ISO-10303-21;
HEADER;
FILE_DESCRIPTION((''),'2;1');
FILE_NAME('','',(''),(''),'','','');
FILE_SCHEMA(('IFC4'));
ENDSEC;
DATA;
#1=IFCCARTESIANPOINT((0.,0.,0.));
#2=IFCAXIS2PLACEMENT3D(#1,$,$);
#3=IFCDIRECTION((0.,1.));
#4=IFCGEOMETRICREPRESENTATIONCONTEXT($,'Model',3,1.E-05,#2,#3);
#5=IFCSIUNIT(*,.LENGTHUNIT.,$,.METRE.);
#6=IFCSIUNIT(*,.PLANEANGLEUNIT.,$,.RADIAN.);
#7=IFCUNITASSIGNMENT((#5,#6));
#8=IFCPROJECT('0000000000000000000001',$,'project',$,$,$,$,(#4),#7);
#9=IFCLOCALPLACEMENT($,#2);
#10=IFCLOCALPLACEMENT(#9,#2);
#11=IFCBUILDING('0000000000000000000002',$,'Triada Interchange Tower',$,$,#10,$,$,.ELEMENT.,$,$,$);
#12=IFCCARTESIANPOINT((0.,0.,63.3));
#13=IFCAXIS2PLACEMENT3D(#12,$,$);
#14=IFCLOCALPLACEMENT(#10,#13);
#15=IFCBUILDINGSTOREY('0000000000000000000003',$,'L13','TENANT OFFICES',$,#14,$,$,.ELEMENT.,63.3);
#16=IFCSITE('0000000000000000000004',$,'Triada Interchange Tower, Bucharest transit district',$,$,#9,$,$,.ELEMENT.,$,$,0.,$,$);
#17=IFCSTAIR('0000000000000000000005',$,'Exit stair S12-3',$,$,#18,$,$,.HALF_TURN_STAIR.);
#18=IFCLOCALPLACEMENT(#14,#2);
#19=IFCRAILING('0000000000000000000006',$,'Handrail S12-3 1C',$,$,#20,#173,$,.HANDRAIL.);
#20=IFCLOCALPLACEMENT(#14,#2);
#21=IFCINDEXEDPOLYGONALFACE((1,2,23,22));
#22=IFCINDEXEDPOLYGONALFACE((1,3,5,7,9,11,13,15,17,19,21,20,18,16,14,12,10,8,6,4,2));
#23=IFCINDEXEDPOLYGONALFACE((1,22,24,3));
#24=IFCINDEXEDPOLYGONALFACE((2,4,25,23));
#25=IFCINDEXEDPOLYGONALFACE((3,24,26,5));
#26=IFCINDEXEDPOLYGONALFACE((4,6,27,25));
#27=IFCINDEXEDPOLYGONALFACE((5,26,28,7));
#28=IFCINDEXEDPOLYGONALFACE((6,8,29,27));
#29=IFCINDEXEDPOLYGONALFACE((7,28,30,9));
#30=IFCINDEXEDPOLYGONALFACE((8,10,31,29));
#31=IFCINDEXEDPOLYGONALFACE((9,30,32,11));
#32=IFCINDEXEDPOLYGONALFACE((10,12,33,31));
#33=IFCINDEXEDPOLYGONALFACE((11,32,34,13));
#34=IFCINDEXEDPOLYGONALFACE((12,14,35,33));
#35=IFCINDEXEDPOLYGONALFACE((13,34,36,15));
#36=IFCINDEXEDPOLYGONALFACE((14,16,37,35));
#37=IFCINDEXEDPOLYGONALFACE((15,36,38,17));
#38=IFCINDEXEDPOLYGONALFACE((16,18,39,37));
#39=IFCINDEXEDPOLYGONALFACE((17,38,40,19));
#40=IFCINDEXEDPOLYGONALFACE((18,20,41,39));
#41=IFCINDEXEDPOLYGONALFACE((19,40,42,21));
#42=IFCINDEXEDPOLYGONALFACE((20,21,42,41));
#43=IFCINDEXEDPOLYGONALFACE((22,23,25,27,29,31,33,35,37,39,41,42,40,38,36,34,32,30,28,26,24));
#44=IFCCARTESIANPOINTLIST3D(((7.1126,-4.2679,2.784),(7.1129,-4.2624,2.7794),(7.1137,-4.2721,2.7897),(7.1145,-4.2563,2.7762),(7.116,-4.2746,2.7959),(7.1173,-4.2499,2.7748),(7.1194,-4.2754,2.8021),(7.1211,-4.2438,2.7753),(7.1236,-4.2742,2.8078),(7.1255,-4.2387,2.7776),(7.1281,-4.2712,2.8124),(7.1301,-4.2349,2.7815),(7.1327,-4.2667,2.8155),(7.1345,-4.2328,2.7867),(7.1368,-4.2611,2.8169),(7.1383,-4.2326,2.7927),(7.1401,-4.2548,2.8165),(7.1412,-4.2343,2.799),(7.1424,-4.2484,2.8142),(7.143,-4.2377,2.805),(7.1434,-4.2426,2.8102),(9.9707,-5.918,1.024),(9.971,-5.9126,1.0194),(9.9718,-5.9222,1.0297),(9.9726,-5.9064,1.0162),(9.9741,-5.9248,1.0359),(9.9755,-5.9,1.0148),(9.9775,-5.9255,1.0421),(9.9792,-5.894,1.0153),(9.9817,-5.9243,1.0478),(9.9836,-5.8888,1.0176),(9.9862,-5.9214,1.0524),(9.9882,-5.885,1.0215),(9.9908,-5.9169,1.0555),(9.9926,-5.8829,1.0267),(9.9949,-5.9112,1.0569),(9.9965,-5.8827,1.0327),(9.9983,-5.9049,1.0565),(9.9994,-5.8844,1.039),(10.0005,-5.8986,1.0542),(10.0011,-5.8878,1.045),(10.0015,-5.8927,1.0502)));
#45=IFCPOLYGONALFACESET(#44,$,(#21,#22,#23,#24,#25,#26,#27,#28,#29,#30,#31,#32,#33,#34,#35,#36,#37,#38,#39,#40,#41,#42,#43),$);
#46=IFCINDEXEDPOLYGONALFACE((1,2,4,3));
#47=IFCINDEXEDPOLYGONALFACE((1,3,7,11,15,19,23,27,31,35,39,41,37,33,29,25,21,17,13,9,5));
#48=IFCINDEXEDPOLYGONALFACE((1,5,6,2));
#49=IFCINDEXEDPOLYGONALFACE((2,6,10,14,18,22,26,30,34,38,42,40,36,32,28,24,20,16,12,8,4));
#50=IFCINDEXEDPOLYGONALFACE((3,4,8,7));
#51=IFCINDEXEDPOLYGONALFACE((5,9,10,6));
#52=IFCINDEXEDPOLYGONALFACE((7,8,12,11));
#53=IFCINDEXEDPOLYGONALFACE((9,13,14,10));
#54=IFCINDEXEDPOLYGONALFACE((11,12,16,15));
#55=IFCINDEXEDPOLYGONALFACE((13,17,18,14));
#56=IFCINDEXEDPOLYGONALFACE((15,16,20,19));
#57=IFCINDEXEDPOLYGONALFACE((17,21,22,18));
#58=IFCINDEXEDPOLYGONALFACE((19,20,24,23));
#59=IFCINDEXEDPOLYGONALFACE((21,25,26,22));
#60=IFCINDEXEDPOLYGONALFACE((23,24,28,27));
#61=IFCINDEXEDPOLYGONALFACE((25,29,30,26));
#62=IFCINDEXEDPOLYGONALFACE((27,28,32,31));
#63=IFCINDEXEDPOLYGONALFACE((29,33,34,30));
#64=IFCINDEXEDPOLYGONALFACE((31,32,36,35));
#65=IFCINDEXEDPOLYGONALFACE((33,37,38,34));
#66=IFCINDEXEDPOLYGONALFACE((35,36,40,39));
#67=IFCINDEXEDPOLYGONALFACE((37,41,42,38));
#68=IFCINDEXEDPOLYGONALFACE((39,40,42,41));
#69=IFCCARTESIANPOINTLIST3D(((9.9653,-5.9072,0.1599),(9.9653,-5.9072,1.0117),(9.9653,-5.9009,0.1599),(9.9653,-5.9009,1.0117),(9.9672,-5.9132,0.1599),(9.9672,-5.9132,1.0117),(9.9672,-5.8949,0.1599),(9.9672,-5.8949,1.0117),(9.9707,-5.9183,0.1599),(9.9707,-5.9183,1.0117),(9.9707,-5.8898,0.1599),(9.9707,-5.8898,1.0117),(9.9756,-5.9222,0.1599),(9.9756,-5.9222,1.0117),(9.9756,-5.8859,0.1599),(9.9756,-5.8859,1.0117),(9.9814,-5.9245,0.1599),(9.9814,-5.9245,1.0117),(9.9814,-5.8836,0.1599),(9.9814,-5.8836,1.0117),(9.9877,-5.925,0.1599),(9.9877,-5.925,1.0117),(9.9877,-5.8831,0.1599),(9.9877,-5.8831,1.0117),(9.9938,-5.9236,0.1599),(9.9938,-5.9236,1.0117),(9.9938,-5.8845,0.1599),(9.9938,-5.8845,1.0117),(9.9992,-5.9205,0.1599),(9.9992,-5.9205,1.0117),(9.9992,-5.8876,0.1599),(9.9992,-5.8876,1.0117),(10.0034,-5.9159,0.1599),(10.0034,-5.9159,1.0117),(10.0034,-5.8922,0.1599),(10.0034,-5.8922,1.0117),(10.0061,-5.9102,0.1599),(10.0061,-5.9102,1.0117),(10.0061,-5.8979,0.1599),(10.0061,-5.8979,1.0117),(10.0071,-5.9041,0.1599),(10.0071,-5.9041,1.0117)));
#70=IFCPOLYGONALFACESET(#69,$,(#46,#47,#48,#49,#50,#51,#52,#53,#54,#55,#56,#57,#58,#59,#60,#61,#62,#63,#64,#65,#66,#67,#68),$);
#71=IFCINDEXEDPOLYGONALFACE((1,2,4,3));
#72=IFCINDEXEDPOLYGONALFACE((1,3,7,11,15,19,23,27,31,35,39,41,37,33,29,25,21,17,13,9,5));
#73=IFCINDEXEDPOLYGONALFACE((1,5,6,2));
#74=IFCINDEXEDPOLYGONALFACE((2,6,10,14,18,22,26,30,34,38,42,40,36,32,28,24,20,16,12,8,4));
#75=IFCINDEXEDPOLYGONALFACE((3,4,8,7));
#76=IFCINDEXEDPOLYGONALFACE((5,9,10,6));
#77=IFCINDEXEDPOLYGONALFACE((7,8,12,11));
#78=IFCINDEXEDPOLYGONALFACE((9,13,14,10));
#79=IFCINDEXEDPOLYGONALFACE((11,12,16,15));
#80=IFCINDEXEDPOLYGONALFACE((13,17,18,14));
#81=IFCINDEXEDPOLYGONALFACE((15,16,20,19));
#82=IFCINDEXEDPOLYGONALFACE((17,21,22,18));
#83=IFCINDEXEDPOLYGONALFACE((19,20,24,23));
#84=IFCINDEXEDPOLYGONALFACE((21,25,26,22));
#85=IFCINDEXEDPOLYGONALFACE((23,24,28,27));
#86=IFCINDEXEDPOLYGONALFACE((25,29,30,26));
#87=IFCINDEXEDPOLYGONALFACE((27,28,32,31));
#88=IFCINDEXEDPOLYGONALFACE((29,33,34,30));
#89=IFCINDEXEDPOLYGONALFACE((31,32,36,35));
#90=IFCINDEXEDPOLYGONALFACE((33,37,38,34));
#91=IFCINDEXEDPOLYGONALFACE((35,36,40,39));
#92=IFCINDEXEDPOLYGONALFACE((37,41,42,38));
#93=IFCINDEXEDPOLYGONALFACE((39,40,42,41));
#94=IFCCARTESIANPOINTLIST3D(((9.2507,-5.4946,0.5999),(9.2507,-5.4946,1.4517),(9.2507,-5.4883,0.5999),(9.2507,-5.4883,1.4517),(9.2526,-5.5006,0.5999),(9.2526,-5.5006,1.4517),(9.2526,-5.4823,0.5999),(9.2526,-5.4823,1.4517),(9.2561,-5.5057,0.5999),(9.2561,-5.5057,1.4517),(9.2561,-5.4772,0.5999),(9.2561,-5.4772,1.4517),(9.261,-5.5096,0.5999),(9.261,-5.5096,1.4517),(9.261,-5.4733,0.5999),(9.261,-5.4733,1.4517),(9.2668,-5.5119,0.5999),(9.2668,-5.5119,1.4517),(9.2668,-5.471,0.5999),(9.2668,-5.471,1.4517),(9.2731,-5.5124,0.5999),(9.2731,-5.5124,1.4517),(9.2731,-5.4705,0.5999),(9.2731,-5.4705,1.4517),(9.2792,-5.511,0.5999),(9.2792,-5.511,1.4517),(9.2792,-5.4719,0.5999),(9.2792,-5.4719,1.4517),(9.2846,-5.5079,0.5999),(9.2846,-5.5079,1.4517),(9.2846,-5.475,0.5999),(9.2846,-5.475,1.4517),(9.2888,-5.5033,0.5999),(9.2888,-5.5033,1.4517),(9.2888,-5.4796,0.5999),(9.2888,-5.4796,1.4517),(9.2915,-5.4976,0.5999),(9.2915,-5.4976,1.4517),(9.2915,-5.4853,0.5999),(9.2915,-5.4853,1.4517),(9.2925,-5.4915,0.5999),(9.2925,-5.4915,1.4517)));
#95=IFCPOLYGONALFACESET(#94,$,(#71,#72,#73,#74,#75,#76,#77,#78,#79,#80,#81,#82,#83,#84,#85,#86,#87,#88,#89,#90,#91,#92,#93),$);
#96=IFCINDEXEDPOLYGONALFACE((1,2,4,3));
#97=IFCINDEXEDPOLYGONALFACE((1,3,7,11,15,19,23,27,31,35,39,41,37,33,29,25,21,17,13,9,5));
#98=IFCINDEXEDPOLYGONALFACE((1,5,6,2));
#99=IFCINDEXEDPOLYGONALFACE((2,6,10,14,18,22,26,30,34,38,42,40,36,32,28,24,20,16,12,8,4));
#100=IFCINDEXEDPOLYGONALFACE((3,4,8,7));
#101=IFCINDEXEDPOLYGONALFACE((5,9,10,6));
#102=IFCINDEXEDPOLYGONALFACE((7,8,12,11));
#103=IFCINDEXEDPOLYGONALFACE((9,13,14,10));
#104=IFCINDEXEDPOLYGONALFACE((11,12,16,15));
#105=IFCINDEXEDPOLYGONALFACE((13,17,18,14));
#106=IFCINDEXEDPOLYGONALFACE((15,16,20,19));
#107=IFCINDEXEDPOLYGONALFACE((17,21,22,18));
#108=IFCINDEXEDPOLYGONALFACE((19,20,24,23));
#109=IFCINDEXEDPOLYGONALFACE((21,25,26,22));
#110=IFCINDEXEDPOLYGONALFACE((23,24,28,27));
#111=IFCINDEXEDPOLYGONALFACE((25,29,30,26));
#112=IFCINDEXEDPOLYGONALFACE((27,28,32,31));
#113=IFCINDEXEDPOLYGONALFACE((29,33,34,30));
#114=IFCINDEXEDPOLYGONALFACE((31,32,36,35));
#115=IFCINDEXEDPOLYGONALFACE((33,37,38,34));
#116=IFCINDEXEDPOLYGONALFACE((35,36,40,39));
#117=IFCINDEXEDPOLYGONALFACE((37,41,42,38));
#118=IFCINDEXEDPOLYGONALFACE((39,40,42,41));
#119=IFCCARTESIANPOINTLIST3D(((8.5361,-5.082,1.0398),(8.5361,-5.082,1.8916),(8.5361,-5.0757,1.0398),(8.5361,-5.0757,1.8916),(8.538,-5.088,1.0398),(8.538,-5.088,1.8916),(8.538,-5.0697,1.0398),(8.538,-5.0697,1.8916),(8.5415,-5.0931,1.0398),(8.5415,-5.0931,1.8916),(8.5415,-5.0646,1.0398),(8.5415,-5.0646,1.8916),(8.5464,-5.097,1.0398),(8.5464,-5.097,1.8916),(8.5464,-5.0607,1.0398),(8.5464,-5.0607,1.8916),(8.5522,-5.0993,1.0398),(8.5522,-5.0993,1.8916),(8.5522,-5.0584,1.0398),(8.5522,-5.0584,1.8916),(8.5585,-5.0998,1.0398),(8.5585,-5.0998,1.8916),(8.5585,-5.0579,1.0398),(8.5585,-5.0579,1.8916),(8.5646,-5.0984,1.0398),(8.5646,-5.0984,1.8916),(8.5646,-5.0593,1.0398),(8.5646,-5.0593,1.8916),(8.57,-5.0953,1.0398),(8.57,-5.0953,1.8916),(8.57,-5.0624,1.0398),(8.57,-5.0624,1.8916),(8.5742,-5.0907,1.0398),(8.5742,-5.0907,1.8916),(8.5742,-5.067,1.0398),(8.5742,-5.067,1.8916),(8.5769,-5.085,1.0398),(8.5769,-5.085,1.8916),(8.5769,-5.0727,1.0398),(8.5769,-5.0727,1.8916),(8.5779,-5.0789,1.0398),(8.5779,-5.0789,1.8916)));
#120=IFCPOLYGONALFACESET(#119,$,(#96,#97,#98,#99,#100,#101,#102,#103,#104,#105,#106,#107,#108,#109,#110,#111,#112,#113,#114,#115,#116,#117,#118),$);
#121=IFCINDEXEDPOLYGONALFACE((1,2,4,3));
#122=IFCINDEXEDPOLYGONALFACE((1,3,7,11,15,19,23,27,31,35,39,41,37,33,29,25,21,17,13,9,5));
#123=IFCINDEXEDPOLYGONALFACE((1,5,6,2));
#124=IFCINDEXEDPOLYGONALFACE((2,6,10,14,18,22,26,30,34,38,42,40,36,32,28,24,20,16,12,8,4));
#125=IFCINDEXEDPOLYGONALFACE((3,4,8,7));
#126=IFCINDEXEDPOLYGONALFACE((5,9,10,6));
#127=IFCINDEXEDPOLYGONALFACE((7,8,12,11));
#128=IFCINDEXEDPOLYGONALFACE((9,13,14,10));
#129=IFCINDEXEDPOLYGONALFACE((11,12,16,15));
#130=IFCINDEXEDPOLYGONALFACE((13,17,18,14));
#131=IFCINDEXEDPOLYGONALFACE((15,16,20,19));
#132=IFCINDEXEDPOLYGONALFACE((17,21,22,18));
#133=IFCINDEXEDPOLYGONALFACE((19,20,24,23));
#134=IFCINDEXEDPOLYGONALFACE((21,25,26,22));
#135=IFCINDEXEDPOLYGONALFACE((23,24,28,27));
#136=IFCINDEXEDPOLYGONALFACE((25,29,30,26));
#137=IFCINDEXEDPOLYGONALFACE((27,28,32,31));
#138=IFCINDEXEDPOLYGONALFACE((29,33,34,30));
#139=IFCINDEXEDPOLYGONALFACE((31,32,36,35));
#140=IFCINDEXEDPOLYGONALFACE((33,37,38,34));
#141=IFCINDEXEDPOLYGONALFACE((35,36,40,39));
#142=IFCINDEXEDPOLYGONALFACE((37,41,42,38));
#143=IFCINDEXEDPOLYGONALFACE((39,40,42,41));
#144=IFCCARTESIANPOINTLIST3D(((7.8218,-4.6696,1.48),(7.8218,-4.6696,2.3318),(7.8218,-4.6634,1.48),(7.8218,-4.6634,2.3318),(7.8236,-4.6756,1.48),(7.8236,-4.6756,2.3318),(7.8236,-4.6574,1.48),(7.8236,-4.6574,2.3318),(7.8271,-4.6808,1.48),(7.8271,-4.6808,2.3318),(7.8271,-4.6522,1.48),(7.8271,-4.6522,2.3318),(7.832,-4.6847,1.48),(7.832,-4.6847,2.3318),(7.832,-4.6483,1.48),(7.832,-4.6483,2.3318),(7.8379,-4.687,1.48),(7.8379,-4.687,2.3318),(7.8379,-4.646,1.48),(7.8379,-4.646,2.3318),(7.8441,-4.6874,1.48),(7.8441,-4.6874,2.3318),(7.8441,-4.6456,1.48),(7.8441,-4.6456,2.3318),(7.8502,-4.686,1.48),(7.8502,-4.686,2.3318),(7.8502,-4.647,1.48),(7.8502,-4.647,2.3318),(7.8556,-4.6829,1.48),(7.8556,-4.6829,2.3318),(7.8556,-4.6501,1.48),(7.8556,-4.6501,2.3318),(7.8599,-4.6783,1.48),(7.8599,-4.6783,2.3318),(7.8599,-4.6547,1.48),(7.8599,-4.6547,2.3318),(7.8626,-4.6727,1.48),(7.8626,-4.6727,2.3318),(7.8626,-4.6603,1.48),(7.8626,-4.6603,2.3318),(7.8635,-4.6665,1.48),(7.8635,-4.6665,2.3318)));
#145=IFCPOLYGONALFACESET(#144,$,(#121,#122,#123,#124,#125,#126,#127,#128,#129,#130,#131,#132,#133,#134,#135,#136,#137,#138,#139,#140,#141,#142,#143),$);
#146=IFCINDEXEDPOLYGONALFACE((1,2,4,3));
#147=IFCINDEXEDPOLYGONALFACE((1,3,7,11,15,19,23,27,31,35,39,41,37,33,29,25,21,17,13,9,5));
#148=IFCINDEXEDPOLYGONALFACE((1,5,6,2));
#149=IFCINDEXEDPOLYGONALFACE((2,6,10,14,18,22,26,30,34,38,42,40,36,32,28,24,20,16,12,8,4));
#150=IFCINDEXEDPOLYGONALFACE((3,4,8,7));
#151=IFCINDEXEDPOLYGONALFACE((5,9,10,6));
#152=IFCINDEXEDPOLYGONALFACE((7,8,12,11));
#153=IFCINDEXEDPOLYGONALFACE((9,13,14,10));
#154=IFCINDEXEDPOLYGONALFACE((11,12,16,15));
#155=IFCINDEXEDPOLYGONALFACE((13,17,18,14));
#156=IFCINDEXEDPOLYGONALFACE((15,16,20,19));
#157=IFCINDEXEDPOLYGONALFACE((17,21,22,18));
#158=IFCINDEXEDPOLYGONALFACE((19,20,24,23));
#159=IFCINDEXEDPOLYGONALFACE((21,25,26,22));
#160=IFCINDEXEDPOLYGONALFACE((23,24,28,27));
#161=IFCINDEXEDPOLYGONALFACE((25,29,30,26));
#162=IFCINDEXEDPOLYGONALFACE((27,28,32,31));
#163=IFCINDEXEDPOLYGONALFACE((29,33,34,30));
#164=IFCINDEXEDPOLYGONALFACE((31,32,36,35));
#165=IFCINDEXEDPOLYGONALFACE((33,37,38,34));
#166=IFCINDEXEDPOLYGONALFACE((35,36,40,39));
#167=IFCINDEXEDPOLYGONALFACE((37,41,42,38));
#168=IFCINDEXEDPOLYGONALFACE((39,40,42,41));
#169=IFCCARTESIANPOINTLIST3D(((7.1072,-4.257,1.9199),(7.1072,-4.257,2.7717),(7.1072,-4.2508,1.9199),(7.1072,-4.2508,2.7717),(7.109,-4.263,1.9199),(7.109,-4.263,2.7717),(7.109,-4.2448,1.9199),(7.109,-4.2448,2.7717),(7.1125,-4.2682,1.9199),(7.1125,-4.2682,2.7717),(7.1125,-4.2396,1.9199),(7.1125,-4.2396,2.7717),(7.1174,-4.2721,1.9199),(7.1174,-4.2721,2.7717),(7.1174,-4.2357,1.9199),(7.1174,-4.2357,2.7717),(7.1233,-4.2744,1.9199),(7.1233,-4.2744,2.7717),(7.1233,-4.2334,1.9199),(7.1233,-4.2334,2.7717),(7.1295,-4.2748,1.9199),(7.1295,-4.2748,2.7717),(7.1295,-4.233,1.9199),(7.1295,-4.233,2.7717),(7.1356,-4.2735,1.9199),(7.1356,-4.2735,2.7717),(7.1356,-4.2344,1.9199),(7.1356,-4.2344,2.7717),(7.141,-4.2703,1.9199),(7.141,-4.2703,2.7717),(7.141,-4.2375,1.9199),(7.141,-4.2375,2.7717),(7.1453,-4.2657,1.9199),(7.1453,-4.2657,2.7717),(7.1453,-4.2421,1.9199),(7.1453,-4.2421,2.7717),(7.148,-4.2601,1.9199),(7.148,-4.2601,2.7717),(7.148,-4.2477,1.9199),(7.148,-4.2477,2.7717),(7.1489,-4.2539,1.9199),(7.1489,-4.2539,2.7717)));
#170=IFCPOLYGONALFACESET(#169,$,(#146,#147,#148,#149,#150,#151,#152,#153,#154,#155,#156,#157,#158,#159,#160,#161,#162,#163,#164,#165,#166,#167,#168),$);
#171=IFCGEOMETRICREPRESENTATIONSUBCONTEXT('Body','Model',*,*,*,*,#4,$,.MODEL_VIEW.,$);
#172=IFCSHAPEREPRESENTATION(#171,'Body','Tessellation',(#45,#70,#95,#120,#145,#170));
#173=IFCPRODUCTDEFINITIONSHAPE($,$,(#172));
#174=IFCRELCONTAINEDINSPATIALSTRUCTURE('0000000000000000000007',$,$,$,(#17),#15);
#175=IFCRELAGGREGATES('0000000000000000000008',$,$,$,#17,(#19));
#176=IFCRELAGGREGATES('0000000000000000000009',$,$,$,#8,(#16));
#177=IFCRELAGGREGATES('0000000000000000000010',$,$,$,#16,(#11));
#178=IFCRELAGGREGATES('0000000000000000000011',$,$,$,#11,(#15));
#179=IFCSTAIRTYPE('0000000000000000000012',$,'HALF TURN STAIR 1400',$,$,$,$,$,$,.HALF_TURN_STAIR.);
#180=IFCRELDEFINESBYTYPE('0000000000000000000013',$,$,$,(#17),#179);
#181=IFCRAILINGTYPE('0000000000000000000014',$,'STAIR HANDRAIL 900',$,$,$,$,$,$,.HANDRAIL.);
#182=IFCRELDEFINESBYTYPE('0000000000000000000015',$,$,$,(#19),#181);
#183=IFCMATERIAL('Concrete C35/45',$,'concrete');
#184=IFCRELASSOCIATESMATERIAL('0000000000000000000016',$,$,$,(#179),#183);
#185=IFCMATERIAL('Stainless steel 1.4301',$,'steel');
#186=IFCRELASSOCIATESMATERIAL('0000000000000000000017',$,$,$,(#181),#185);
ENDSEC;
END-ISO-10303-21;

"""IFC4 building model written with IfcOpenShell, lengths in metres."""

from ifc_helpers import new_model, si_unit, direction, frame, origin, origin_2d, place, context, subcontext, project, spatial, circle, extrude, material, type_object, element, aggregate, save


model = new_model("IFC4")

# Units and contexts
model_context = context("Model", 3, precision=1e-05, world=origin(), true_north=direction((0.0, 1.0)))
body_context = subcontext(model_context, "Body", "Model", "MODEL_VIEW")
ifc_project = project(units=[si_unit("LENGTHUNIT", "METRE"), si_unit("PLANEANGLEUNIT", "RADIAN")], contexts=[model_context])

# Site, building, storey
site_placement = place(None, origin())
site = spatial("IfcSite", under=ifc_project, at=site_placement, Name="Triada Interchange Tower, Bucharest transit district", CompositionType="ELEMENT", RefElevation=0.0)
building_placement = place(site_placement, origin())
building = spatial("IfcBuilding", under=site, at=building_placement, Name="Triada Interchange Tower", CompositionType="ELEMENT")
storey_placement = place(building_placement, frame((0.0, 0.0, 63.3)))
storey = spatial("IfcBuildingStorey", under=building, at=storey_placement, Name="L13", Description="TENANT OFFICES", CompositionType="ELEMENT", Elevation=63.3)

# Stair, railing
ifc_material_1 = material(Name="Concrete C35/45", Category="concrete")
stair_type = type_object("IfcStairType", Name="HALF TURN STAIR 1400", PredefinedType="HALF_TURN_STAIR", material=ifc_material_1)
stair_placement = place(storey_placement, origin())
stair = element("IfcStair", 1, at=stair_placement, inside=storey, type_object=stair_type, Name="Exit stair S12-3", PredefinedType="HALF_TURN_STAIR")
ifc_material_2 = material(Name="Stainless steel 1.4301", Category="steel")
railing_type = type_object("IfcRailingType", Name="STAIR HANDRAIL 900", PredefinedType="HANDRAIL", material=ifc_material_2)
railing_1_placement = place(storey_placement, frame((9.9861, -5.9041, 0.1599)))
railing_1 = element("IfcRailing", 2, at=railing_1_placement, type_object=railing_type, Name="Handrail S12-3 1C", PredefinedType="HANDRAIL", context=body_context, shape_type="SweptSolid", body=[
    extrude(circle(Radius=0.0239, at=origin_2d()), frame((0.0, 0.0, 0.876), z_axis=(-0.764156, 0.441183, 0.470556), x_axis=(-0.499998, -0.866027, 0.0)), (0.0, 0.0, 1.0), 3.7402),
    extrude(circle(Radius=0.021, at=origin_2d()), origin(), (0.0, 0.0, 1.0), 0.8518),
    extrude(circle(Radius=0.021, at=origin_2d()), frame((-0.7146, 0.4126, 0.4399)), (0.0, 0.0, 1.0), 0.8518),
    extrude(circle(Radius=0.021, at=origin_2d()), frame((-1.4292, 0.8252, 0.8799)), (0.0, 0.0, 1.0), 0.8518),
    extrude(circle(Radius=0.021, at=origin_2d()), frame((-2.1436, 1.2375, 1.3201)), (0.0, 0.0, 1.0), 0.8518),
    extrude(circle(Radius=0.021, at=origin_2d()), frame((-2.8582, 1.6501, 1.76)), (0.0, 0.0, 1.0), 0.8518),
])
aggregate(stair, [railing_1])

save(model, "model.ifc")
